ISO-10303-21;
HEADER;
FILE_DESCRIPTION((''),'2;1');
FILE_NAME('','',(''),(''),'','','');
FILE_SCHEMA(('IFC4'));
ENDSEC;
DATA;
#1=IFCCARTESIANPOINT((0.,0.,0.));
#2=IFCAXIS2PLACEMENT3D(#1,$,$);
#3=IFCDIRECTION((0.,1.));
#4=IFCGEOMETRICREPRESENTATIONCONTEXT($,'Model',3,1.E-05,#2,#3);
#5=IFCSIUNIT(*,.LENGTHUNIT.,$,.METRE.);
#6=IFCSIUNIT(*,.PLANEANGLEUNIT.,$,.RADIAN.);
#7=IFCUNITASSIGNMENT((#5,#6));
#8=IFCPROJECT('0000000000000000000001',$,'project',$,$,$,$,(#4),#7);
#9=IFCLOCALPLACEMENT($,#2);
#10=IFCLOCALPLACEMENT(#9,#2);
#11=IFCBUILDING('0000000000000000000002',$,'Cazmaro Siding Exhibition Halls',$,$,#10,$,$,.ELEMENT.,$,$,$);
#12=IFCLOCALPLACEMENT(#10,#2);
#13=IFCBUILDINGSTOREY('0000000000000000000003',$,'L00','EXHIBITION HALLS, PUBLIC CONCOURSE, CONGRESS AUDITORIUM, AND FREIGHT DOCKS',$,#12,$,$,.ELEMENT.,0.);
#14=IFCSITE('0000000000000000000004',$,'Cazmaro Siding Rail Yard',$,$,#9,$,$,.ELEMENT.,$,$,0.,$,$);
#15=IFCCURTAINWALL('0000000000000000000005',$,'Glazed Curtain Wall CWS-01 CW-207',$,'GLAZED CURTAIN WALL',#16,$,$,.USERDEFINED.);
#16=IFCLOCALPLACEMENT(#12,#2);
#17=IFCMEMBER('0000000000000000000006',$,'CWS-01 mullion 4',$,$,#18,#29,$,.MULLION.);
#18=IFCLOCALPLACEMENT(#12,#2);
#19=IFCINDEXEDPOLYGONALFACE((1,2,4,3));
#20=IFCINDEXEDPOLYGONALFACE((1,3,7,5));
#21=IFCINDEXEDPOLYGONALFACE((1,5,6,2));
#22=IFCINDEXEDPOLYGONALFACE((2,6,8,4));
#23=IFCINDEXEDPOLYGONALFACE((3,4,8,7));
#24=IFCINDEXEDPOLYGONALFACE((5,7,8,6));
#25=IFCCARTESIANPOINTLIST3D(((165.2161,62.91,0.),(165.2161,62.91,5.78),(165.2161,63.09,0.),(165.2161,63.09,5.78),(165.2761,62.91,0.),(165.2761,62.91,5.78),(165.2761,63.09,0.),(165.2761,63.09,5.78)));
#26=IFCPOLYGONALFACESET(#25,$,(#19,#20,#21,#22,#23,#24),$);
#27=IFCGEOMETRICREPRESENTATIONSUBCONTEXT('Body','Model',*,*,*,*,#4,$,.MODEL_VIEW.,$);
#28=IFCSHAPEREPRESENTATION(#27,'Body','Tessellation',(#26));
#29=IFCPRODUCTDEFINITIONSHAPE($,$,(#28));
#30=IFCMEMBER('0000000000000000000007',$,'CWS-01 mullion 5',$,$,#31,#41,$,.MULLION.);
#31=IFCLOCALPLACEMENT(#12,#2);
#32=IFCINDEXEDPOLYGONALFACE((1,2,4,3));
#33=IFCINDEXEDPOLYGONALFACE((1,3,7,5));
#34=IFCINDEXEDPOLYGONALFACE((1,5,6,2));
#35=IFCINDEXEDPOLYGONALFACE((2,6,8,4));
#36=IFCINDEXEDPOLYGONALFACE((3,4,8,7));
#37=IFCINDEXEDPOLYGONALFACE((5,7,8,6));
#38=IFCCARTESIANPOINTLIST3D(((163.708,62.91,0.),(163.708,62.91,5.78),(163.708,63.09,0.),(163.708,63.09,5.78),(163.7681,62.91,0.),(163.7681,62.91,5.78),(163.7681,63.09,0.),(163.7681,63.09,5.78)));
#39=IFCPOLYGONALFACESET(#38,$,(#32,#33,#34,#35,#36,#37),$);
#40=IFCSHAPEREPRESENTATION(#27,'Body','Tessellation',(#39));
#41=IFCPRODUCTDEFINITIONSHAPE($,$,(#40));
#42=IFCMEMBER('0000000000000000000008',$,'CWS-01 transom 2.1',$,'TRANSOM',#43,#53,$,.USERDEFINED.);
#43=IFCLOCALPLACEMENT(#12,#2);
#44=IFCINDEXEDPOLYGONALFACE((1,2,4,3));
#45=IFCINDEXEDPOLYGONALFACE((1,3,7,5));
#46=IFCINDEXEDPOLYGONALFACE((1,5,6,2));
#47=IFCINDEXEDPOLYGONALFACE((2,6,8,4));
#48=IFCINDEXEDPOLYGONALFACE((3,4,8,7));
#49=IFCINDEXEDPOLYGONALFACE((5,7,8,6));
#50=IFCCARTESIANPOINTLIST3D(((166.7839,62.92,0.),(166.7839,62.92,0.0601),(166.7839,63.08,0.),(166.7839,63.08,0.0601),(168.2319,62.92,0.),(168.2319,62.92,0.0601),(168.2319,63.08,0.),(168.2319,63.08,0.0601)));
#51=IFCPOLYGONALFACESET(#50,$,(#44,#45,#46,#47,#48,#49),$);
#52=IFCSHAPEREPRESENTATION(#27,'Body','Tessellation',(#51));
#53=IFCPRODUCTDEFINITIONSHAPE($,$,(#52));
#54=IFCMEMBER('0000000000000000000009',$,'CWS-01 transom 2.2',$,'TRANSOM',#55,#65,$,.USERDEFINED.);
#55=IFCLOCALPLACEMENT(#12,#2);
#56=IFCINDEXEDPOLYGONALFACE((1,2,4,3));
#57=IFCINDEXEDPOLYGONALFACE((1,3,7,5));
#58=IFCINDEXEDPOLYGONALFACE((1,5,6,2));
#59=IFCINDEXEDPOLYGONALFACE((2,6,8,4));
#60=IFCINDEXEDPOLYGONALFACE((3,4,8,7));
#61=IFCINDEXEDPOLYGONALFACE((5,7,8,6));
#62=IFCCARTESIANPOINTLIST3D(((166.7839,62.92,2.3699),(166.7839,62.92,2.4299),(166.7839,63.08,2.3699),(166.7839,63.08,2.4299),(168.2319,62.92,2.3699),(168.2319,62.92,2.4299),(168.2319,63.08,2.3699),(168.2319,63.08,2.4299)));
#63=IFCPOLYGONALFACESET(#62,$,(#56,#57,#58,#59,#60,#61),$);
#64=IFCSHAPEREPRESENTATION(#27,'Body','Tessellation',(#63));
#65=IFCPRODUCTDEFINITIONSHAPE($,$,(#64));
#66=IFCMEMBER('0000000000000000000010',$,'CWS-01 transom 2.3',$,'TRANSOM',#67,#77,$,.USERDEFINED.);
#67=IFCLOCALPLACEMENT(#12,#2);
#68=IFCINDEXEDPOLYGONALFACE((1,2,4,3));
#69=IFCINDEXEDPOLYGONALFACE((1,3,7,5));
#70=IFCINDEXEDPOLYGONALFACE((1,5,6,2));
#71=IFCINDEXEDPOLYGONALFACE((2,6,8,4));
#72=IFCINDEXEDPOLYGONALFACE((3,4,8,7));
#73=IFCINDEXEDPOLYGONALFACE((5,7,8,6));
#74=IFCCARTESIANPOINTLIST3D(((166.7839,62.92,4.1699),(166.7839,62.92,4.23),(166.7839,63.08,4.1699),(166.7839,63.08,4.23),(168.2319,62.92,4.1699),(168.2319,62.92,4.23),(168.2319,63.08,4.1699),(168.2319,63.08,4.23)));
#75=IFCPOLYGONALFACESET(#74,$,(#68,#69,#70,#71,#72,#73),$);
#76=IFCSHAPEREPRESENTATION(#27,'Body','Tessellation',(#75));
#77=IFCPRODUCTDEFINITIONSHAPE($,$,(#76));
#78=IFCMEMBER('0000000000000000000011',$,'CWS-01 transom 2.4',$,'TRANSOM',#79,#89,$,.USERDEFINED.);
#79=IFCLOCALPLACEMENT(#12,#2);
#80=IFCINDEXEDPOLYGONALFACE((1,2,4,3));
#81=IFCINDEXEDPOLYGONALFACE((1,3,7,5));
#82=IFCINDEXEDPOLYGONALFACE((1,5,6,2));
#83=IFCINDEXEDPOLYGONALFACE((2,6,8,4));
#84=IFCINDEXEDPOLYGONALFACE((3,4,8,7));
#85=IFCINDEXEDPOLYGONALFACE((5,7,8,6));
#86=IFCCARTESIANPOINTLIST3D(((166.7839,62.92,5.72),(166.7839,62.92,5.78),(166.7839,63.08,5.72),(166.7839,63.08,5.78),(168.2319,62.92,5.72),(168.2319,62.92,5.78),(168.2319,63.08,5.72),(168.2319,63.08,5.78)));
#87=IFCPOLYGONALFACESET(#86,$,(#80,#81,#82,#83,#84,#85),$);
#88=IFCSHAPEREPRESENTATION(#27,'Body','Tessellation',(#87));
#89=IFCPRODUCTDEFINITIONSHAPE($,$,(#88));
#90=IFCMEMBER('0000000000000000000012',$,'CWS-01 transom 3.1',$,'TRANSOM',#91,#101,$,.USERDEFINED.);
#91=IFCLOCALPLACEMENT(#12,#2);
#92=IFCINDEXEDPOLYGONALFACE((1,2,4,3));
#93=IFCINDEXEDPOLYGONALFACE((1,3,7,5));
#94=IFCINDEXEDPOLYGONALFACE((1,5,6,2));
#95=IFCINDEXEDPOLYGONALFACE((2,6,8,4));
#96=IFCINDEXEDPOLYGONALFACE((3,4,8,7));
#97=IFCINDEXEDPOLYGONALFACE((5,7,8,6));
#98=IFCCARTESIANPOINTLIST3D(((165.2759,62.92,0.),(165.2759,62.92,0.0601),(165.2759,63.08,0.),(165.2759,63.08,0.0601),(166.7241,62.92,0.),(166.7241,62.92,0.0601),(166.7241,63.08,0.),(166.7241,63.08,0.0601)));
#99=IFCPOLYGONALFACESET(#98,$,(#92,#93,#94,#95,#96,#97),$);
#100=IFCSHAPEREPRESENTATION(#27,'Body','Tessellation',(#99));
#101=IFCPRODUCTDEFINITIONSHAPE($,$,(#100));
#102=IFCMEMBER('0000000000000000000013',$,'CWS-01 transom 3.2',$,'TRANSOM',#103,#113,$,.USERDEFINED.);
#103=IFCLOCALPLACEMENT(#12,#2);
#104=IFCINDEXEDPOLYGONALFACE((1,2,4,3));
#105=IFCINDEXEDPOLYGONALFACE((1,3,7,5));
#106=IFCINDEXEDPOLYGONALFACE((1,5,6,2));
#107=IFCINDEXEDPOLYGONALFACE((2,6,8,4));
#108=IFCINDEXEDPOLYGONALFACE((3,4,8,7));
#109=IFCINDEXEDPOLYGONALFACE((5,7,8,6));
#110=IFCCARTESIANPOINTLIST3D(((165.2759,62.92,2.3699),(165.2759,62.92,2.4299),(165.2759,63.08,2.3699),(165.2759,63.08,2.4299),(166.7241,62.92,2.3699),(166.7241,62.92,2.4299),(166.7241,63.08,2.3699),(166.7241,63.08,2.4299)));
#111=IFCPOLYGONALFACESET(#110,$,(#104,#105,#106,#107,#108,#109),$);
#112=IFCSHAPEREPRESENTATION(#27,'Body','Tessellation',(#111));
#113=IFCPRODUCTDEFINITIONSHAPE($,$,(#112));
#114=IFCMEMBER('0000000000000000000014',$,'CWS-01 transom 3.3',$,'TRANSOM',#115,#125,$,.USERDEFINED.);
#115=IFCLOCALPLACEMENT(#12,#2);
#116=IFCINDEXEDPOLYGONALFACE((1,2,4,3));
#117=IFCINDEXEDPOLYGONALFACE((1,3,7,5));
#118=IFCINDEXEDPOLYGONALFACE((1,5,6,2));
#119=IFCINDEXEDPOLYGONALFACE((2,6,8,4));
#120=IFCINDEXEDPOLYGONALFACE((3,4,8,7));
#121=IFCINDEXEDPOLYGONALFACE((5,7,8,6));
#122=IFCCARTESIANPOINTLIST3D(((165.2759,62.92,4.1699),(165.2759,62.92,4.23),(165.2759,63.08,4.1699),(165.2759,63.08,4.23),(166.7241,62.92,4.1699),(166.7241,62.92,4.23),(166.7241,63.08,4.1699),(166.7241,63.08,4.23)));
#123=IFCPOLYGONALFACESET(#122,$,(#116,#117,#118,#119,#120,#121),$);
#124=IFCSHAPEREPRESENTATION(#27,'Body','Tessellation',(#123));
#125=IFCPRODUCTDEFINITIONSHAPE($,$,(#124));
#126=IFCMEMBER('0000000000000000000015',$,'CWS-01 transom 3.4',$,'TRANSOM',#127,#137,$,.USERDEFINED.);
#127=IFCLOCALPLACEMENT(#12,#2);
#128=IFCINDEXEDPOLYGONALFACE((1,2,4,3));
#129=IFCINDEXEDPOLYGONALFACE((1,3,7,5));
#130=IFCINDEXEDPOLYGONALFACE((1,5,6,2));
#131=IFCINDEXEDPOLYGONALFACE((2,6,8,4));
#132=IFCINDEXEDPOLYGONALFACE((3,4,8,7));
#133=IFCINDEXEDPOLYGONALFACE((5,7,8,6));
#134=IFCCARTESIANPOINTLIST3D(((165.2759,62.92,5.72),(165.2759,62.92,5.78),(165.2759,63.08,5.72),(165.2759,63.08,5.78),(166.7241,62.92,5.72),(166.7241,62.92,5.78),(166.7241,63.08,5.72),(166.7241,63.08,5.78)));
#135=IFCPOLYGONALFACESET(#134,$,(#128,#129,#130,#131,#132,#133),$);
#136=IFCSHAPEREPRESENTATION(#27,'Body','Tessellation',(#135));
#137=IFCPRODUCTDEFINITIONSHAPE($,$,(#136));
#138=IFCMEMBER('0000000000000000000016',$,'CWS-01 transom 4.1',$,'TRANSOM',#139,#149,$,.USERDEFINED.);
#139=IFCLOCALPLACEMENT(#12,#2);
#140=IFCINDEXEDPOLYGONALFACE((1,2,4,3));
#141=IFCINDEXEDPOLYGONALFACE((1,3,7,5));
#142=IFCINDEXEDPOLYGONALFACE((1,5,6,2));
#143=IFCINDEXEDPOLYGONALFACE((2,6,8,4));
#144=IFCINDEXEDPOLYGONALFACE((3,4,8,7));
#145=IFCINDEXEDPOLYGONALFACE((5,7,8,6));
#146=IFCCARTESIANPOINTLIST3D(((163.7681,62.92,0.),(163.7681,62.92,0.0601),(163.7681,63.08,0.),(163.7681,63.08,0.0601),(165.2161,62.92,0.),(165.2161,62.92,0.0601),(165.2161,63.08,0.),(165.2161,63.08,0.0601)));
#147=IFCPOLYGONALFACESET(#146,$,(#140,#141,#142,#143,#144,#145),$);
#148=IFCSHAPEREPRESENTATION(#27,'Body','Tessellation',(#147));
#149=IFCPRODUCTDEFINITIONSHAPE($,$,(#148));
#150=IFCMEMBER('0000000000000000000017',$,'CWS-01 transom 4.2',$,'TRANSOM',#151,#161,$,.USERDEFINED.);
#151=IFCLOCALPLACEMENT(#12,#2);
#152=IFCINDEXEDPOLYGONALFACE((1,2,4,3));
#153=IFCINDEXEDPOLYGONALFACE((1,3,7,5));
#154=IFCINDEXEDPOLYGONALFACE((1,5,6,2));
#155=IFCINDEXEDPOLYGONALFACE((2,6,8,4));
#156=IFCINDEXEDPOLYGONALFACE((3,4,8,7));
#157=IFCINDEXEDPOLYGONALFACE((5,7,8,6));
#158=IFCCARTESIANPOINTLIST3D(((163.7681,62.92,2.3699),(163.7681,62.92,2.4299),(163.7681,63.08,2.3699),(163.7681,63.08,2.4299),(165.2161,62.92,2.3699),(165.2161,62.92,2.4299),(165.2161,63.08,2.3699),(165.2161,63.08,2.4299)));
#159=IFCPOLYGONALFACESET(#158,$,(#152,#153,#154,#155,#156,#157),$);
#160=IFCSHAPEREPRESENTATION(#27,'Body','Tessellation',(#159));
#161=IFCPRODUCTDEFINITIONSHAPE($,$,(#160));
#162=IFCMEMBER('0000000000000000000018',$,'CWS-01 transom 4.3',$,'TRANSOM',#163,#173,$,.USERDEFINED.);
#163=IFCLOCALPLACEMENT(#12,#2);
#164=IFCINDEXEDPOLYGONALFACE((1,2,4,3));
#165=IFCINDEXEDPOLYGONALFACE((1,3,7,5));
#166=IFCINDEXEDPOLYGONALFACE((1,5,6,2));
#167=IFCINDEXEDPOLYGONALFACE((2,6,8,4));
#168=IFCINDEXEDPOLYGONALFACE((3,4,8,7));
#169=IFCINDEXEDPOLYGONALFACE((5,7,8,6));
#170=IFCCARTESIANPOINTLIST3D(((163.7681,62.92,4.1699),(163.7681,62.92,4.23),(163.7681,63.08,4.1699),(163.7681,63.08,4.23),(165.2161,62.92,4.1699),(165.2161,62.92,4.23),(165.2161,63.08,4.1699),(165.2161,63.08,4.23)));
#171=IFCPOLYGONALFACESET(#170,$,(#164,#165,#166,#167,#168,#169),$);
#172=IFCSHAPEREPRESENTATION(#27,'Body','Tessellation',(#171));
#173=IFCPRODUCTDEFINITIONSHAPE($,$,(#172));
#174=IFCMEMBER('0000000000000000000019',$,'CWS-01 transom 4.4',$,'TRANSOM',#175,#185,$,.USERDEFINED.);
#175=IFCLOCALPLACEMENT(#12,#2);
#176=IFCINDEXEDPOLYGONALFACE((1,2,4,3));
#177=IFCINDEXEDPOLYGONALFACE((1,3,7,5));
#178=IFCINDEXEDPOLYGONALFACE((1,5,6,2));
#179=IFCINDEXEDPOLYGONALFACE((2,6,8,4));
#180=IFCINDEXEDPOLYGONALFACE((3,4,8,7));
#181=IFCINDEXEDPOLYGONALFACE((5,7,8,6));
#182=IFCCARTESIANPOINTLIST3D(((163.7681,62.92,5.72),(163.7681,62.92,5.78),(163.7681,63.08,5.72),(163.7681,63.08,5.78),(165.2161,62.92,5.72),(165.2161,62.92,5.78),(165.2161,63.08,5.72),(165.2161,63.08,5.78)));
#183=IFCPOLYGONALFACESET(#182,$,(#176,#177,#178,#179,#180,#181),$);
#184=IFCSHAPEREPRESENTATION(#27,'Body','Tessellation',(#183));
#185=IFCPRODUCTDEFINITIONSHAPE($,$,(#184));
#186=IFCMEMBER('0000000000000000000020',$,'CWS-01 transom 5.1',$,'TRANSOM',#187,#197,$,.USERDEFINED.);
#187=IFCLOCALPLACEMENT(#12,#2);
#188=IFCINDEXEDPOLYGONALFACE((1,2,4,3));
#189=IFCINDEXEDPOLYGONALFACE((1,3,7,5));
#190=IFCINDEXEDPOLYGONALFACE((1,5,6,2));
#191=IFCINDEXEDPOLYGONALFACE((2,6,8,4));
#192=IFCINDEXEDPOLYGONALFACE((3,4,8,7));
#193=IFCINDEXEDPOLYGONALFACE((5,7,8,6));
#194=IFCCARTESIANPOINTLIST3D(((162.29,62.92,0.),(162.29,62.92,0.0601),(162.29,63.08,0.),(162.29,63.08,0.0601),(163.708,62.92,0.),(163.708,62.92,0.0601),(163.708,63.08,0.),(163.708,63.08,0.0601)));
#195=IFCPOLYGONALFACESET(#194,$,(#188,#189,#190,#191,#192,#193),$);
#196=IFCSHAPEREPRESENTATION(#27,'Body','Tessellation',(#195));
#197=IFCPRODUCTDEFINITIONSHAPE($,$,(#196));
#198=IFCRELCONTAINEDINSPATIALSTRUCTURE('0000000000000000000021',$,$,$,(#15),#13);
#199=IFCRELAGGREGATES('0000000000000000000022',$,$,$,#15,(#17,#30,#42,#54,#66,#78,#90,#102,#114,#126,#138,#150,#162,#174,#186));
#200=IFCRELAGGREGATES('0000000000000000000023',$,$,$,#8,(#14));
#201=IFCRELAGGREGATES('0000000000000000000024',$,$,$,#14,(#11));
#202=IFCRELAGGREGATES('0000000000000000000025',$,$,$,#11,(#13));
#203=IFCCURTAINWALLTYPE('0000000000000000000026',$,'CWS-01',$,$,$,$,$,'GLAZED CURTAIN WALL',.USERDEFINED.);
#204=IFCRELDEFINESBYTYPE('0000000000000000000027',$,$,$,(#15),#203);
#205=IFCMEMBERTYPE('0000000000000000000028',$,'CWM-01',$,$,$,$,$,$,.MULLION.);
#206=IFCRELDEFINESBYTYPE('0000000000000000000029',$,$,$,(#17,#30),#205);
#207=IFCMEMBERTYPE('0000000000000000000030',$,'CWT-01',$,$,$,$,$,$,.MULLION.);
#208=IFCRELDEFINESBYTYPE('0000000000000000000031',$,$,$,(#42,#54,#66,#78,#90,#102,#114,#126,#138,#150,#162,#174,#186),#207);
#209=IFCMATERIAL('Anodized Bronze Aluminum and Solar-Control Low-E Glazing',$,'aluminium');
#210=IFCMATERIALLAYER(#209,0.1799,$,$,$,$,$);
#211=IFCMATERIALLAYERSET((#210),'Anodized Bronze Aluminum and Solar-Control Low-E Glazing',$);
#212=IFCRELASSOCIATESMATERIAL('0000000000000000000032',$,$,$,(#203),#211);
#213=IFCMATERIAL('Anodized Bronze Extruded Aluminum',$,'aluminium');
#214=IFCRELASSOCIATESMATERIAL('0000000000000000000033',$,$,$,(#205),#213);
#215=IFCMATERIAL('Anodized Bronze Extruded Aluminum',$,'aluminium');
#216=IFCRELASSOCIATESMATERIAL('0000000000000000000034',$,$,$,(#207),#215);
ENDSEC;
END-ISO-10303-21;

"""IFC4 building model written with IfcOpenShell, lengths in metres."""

from ifc_helpers import new_model, si_unit, direction, frame, origin, origin_2d, place, context, subcontext, project, spatial, rectangle, extrude, material, layer, layer_set, material_profile, profile_set, type_object, element, aggregate, save


model = new_model("IFC4")

# Units and contexts
model_context = context("Model", 3, precision=1e-05, world=origin(), true_north=direction((0.0, 1.0)))
body_context = subcontext(model_context, "Body", "Model", "MODEL_VIEW")
ifc_project = project(units=[si_unit("LENGTHUNIT", "METRE"), si_unit("PLANEANGLEUNIT", "RADIAN")], contexts=[model_context])

# Site, building, storey
site_placement = place(None, origin())
site = spatial("IfcSite", under=ifc_project, at=site_placement, Name="Cazmaro Siding Rail Yard", CompositionType="ELEMENT", RefElevation=0.0)
building_placement = place(site_placement, origin())
building = spatial("IfcBuilding", under=site, at=building_placement, Name="Cazmaro Siding Exhibition Halls", CompositionType="ELEMENT")
storey_placement = place(building_placement, origin())
storey = spatial("IfcBuildingStorey", under=building, at=storey_placement, Name="L00", Description="EXHIBITION HALLS, PUBLIC CONCOURSE, CONGRESS AUDITORIUM, AND FREIGHT DOCKS", CompositionType="ELEMENT", Elevation=0.0)

# Curtain wall, members
ifc_material_1 = material(Name="Anodized Bronze Aluminum and Solar-Control Low-E Glazing", Category="aluminium")
ifc_layer_1 = layer(ifc_material_1, 0.1799)
ifc_layer_set_1 = layer_set([ifc_layer_1], Name="Anodized Bronze Aluminum and Solar-Control Low-E Glazing")
curtain_wall_type = type_object("IfcCurtainWallType", Name="CWS-01", ElementType="GLAZED CURTAIN WALL", PredefinedType="USERDEFINED", material=ifc_layer_set_1)
curtain_wall_placement = place(storey_placement, origin())
curtain_wall = element("IfcCurtainWall", 1, at=curtain_wall_placement, inside=storey, type_object=curtain_wall_type, Name="Glazed Curtain Wall CWS-01 CW-207", ObjectType="GLAZED CURTAIN WALL", PredefinedType="USERDEFINED")
ifc_material_2 = material(Name="Anodized Bronze Extruded Aluminum", Category="aluminium")
ifc_material_profile_1 = material_profile(ifc_material_2, rectangle(XDim=0.1799, YDim=0.0601, at=origin_2d()), Name="CWM-01")
ifc_profile_set_1 = profile_set([ifc_material_profile_1], Name="Anodized Bronze Extruded Aluminum")
member_type_1 = type_object("IfcMemberType", Name="CWM-01", PredefinedType="MULLION", material=ifc_profile_set_1)
member_1_placement = place(storey_placement, frame((165.2461, 63.0, 0.0), z_axis=(0.0, 0.0, 1.0), x_axis=(0.0, -1.0, 0.0)))
member_1 = element("IfcMember", 2, at=member_1_placement, type_object=member_type_1, Name="CWS-01 mullion 4", PredefinedType="MULLION", context=body_context, shape_type="SweptSolid", body=[
    extrude(rectangle(XDim=0.1799, YDim=0.0601, at=origin_2d()), origin(), (0.0, 0.0, 1.0), 5.78),
])
member_2_placement = place(storey_placement, frame((163.738, 63.0, 0.0), z_axis=(0.0, 0.0, 1.0), x_axis=(0.0, -1.0, 0.0)))
member_2 = element("IfcMember", 3, at=member_2_placement, type_object=member_type_1, Name="CWS-01 mullion 5", PredefinedType="MULLION", context=body_context, shape_type="SweptSolid", body=[
    extrude(rectangle(XDim=0.1799, YDim=0.0601, at=origin_2d()), origin(), (0.0, 0.0, 1.0), 5.78),
])
ifc_material_3 = material(Name="Anodized Bronze Extruded Aluminum", Category="aluminium")
ifc_material_profile_2 = material_profile(ifc_material_3, rectangle(XDim=0.1599, YDim=0.0601, at=origin_2d()), Name="CWT-01")
ifc_profile_set_2 = profile_set([ifc_material_profile_2], Name="Anodized Bronze Extruded Aluminum")
member_type_2 = type_object("IfcMemberType", Name="CWT-01", PredefinedType="MULLION", material=ifc_profile_set_2)
member_3_placement = place(storey_placement, frame((168.2319, 63.0, 0.03), z_axis=(-1.0, 0.0, 0.0), x_axis=(0.0, -1.0, 0.0)))
member_3 = element("IfcMember", 4, at=member_3_placement, type_object=member_type_2, Name="CWS-01 transom 2.1", ObjectType="TRANSOM", PredefinedType="USERDEFINED", context=body_context, shape_type="SweptSolid", body=[
    extrude(rectangle(XDim=0.1599, YDim=0.0601, at=origin_2d()), origin(), (0.0, 0.0, 1.0), 1.448),
])
member_4_placement = place(storey_placement, frame((168.2319, 63.0, 2.3999), z_axis=(-1.0, 0.0, 0.0), x_axis=(0.0, -1.0, 0.0)))
member_4 = element("IfcMember", 5, at=member_4_placement, type_object=member_type_2, Name="CWS-01 transom 2.2", ObjectType="TRANSOM", PredefinedType="USERDEFINED", context=body_context, shape_type="SweptSolid", body=[
    extrude(rectangle(XDim=0.1599, YDim=0.0601, at=origin_2d()), origin(), (0.0, 0.0, 1.0), 1.448),
])
member_5_placement = place(storey_placement, frame((168.2319, 63.0, 4.2), z_axis=(-1.0, 0.0, 0.0), x_axis=(0.0, -1.0, 0.0)))
member_5 = element("IfcMember", 6, at=member_5_placement, type_object=member_type_2, Name="CWS-01 transom 2.3", ObjectType="TRANSOM", PredefinedType="USERDEFINED", context=body_context, shape_type="SweptSolid", body=[
    extrude(rectangle(XDim=0.1599, YDim=0.0601, at=origin_2d()), origin(), (0.0, 0.0, 1.0), 1.448),
])
member_6_placement = place(storey_placement, frame((168.2319, 63.0, 5.75), z_axis=(-1.0, 0.0, 0.0), x_axis=(0.0, -1.0, 0.0)))
member_6 = element("IfcMember", 7, at=member_6_placement, type_object=member_type_2, Name="CWS-01 transom 2.4", ObjectType="TRANSOM", PredefinedType="USERDEFINED", context=body_context, shape_type="SweptSolid", body=[
    extrude(rectangle(XDim=0.1599, YDim=0.0601, at=origin_2d()), origin(), (0.0, 0.0, 1.0), 1.448),
])
member_7_placement = place(storey_placement, frame((166.7241, 63.0, 0.03), z_axis=(-1.0, 0.0, 0.0), x_axis=(0.0, -1.0, 0.0)))
member_7 = element("IfcMember", 8, at=member_7_placement, type_object=member_type_2, Name="CWS-01 transom 3.1", ObjectType="TRANSOM", PredefinedType="USERDEFINED", context=body_context, shape_type="SweptSolid", body=[
    extrude(rectangle(XDim=0.1599, YDim=0.0601, at=origin_2d()), origin(), (0.0, 0.0, 1.0), 1.4482),
])
member_8_placement = place(storey_placement, frame((166.7241, 63.0, 2.3999), z_axis=(-1.0, 0.0, 0.0), x_axis=(0.0, -1.0, 0.0)))
member_8 = element("IfcMember", 9, at=member_8_placement, type_object=member_type_2, Name="CWS-01 transom 3.2", ObjectType="TRANSOM", PredefinedType="USERDEFINED", context=body_context, shape_type="SweptSolid", body=[
    extrude(rectangle(XDim=0.1599, YDim=0.0601, at=origin_2d()), origin(), (0.0, 0.0, 1.0), 1.4482),
])
member_9_placement = place(storey_placement, frame((166.7241, 63.0, 4.2), z_axis=(-1.0, 0.0, 0.0), x_axis=(0.0, -1.0, 0.0)))
member_9 = element("IfcMember", 10, at=member_9_placement, type_object=member_type_2, Name="CWS-01 transom 3.3", ObjectType="TRANSOM", PredefinedType="USERDEFINED", context=body_context, shape_type="SweptSolid", body=[
    extrude(rectangle(XDim=0.1599, YDim=0.0601, at=origin_2d()), origin(), (0.0, 0.0, 1.0), 1.4482),
])
member_10_placement = place(storey_placement, frame((166.7241, 63.0, 5.75), z_axis=(-1.0, 0.0, 0.0), x_axis=(0.0, -1.0, 0.0)))
member_10 = element("IfcMember", 11, at=member_10_placement, type_object=member_type_2, Name="CWS-01 transom 3.4", ObjectType="TRANSOM", PredefinedType="USERDEFINED", context=body_context, shape_type="SweptSolid", body=[
    extrude(rectangle(XDim=0.1599, YDim=0.0601, at=origin_2d()), origin(), (0.0, 0.0, 1.0), 1.4482),
])
member_11_placement = place(storey_placement, frame((165.2161, 63.0, 0.03), z_axis=(-1.0, 0.0, 0.0), x_axis=(0.0, -1.0, 0.0)))
member_11 = element("IfcMember", 12, at=member_11_placement, type_object=member_type_2, Name="CWS-01 transom 4.1", ObjectType="TRANSOM", PredefinedType="USERDEFINED", context=body_context, shape_type="SweptSolid", body=[
    extrude(rectangle(XDim=0.1599, YDim=0.0601, at=origin_2d()), origin(), (0.0, 0.0, 1.0), 1.448),
])
member_12_placement = place(storey_placement, frame((165.2161, 63.0, 2.3999), z_axis=(-1.0, 0.0, 0.0), x_axis=(0.0, -1.0, 0.0)))
member_12 = element("IfcMember", 13, at=member_12_placement, type_object=member_type_2, Name="CWS-01 transom 4.2", ObjectType="TRANSOM", PredefinedType="USERDEFINED", context=body_context, shape_type="SweptSolid", body=[
    extrude(rectangle(XDim=0.1599, YDim=0.0601, at=origin_2d()), origin(), (0.0, 0.0, 1.0), 1.448),
])
member_13_placement = place(storey_placement, frame((165.2161, 63.0, 4.2), z_axis=(-1.0, 0.0, 0.0), x_axis=(0.0, -1.0, 0.0)))
member_13 = element("IfcMember", 14, at=member_13_placement, type_object=member_type_2, Name="CWS-01 transom 4.3", ObjectType="TRANSOM", PredefinedType="USERDEFINED", context=body_context, shape_type="SweptSolid", body=[
    extrude(rectangle(XDim=0.1599, YDim=0.0601, at=origin_2d()), origin(), (0.0, 0.0, 1.0), 1.448),
])
member_14_placement = place(storey_placement, frame((165.2161, 63.0, 5.75), z_axis=(-1.0, 0.0, 0.0), x_axis=(0.0, -1.0, 0.0)))
member_14 = element("IfcMember", 15, at=member_14_placement, type_object=member_type_2, Name="CWS-01 transom 4.4", ObjectType="TRANSOM", PredefinedType="USERDEFINED", context=body_context, shape_type="SweptSolid", body=[
    extrude(rectangle(XDim=0.1599, YDim=0.0601, at=origin_2d()), origin(), (0.0, 0.0, 1.0), 1.448),
])
member_15_placement = place(storey_placement, frame((163.708, 63.0, 0.03), z_axis=(-1.0, 0.0, 0.0), x_axis=(0.0, -1.0, 0.0)))
member_15 = element("IfcMember", 16, at=member_15_placement, type_object=member_type_2, Name="CWS-01 transom 5.1", ObjectType="TRANSOM", PredefinedType="USERDEFINED", context=body_context, shape_type="SweptSolid", body=[
    extrude(rectangle(XDim=0.1599, YDim=0.0601, at=origin_2d()), origin(), (0.0, 0.0, 1.0), 1.418),
])
aggregate(curtain_wall, [member_1, member_2, member_3, member_4, member_5, member_6, member_7, member_8, member_9, member_10, member_11, member_12, member_13, member_14, member_15])

save(model, "model.ifc")
